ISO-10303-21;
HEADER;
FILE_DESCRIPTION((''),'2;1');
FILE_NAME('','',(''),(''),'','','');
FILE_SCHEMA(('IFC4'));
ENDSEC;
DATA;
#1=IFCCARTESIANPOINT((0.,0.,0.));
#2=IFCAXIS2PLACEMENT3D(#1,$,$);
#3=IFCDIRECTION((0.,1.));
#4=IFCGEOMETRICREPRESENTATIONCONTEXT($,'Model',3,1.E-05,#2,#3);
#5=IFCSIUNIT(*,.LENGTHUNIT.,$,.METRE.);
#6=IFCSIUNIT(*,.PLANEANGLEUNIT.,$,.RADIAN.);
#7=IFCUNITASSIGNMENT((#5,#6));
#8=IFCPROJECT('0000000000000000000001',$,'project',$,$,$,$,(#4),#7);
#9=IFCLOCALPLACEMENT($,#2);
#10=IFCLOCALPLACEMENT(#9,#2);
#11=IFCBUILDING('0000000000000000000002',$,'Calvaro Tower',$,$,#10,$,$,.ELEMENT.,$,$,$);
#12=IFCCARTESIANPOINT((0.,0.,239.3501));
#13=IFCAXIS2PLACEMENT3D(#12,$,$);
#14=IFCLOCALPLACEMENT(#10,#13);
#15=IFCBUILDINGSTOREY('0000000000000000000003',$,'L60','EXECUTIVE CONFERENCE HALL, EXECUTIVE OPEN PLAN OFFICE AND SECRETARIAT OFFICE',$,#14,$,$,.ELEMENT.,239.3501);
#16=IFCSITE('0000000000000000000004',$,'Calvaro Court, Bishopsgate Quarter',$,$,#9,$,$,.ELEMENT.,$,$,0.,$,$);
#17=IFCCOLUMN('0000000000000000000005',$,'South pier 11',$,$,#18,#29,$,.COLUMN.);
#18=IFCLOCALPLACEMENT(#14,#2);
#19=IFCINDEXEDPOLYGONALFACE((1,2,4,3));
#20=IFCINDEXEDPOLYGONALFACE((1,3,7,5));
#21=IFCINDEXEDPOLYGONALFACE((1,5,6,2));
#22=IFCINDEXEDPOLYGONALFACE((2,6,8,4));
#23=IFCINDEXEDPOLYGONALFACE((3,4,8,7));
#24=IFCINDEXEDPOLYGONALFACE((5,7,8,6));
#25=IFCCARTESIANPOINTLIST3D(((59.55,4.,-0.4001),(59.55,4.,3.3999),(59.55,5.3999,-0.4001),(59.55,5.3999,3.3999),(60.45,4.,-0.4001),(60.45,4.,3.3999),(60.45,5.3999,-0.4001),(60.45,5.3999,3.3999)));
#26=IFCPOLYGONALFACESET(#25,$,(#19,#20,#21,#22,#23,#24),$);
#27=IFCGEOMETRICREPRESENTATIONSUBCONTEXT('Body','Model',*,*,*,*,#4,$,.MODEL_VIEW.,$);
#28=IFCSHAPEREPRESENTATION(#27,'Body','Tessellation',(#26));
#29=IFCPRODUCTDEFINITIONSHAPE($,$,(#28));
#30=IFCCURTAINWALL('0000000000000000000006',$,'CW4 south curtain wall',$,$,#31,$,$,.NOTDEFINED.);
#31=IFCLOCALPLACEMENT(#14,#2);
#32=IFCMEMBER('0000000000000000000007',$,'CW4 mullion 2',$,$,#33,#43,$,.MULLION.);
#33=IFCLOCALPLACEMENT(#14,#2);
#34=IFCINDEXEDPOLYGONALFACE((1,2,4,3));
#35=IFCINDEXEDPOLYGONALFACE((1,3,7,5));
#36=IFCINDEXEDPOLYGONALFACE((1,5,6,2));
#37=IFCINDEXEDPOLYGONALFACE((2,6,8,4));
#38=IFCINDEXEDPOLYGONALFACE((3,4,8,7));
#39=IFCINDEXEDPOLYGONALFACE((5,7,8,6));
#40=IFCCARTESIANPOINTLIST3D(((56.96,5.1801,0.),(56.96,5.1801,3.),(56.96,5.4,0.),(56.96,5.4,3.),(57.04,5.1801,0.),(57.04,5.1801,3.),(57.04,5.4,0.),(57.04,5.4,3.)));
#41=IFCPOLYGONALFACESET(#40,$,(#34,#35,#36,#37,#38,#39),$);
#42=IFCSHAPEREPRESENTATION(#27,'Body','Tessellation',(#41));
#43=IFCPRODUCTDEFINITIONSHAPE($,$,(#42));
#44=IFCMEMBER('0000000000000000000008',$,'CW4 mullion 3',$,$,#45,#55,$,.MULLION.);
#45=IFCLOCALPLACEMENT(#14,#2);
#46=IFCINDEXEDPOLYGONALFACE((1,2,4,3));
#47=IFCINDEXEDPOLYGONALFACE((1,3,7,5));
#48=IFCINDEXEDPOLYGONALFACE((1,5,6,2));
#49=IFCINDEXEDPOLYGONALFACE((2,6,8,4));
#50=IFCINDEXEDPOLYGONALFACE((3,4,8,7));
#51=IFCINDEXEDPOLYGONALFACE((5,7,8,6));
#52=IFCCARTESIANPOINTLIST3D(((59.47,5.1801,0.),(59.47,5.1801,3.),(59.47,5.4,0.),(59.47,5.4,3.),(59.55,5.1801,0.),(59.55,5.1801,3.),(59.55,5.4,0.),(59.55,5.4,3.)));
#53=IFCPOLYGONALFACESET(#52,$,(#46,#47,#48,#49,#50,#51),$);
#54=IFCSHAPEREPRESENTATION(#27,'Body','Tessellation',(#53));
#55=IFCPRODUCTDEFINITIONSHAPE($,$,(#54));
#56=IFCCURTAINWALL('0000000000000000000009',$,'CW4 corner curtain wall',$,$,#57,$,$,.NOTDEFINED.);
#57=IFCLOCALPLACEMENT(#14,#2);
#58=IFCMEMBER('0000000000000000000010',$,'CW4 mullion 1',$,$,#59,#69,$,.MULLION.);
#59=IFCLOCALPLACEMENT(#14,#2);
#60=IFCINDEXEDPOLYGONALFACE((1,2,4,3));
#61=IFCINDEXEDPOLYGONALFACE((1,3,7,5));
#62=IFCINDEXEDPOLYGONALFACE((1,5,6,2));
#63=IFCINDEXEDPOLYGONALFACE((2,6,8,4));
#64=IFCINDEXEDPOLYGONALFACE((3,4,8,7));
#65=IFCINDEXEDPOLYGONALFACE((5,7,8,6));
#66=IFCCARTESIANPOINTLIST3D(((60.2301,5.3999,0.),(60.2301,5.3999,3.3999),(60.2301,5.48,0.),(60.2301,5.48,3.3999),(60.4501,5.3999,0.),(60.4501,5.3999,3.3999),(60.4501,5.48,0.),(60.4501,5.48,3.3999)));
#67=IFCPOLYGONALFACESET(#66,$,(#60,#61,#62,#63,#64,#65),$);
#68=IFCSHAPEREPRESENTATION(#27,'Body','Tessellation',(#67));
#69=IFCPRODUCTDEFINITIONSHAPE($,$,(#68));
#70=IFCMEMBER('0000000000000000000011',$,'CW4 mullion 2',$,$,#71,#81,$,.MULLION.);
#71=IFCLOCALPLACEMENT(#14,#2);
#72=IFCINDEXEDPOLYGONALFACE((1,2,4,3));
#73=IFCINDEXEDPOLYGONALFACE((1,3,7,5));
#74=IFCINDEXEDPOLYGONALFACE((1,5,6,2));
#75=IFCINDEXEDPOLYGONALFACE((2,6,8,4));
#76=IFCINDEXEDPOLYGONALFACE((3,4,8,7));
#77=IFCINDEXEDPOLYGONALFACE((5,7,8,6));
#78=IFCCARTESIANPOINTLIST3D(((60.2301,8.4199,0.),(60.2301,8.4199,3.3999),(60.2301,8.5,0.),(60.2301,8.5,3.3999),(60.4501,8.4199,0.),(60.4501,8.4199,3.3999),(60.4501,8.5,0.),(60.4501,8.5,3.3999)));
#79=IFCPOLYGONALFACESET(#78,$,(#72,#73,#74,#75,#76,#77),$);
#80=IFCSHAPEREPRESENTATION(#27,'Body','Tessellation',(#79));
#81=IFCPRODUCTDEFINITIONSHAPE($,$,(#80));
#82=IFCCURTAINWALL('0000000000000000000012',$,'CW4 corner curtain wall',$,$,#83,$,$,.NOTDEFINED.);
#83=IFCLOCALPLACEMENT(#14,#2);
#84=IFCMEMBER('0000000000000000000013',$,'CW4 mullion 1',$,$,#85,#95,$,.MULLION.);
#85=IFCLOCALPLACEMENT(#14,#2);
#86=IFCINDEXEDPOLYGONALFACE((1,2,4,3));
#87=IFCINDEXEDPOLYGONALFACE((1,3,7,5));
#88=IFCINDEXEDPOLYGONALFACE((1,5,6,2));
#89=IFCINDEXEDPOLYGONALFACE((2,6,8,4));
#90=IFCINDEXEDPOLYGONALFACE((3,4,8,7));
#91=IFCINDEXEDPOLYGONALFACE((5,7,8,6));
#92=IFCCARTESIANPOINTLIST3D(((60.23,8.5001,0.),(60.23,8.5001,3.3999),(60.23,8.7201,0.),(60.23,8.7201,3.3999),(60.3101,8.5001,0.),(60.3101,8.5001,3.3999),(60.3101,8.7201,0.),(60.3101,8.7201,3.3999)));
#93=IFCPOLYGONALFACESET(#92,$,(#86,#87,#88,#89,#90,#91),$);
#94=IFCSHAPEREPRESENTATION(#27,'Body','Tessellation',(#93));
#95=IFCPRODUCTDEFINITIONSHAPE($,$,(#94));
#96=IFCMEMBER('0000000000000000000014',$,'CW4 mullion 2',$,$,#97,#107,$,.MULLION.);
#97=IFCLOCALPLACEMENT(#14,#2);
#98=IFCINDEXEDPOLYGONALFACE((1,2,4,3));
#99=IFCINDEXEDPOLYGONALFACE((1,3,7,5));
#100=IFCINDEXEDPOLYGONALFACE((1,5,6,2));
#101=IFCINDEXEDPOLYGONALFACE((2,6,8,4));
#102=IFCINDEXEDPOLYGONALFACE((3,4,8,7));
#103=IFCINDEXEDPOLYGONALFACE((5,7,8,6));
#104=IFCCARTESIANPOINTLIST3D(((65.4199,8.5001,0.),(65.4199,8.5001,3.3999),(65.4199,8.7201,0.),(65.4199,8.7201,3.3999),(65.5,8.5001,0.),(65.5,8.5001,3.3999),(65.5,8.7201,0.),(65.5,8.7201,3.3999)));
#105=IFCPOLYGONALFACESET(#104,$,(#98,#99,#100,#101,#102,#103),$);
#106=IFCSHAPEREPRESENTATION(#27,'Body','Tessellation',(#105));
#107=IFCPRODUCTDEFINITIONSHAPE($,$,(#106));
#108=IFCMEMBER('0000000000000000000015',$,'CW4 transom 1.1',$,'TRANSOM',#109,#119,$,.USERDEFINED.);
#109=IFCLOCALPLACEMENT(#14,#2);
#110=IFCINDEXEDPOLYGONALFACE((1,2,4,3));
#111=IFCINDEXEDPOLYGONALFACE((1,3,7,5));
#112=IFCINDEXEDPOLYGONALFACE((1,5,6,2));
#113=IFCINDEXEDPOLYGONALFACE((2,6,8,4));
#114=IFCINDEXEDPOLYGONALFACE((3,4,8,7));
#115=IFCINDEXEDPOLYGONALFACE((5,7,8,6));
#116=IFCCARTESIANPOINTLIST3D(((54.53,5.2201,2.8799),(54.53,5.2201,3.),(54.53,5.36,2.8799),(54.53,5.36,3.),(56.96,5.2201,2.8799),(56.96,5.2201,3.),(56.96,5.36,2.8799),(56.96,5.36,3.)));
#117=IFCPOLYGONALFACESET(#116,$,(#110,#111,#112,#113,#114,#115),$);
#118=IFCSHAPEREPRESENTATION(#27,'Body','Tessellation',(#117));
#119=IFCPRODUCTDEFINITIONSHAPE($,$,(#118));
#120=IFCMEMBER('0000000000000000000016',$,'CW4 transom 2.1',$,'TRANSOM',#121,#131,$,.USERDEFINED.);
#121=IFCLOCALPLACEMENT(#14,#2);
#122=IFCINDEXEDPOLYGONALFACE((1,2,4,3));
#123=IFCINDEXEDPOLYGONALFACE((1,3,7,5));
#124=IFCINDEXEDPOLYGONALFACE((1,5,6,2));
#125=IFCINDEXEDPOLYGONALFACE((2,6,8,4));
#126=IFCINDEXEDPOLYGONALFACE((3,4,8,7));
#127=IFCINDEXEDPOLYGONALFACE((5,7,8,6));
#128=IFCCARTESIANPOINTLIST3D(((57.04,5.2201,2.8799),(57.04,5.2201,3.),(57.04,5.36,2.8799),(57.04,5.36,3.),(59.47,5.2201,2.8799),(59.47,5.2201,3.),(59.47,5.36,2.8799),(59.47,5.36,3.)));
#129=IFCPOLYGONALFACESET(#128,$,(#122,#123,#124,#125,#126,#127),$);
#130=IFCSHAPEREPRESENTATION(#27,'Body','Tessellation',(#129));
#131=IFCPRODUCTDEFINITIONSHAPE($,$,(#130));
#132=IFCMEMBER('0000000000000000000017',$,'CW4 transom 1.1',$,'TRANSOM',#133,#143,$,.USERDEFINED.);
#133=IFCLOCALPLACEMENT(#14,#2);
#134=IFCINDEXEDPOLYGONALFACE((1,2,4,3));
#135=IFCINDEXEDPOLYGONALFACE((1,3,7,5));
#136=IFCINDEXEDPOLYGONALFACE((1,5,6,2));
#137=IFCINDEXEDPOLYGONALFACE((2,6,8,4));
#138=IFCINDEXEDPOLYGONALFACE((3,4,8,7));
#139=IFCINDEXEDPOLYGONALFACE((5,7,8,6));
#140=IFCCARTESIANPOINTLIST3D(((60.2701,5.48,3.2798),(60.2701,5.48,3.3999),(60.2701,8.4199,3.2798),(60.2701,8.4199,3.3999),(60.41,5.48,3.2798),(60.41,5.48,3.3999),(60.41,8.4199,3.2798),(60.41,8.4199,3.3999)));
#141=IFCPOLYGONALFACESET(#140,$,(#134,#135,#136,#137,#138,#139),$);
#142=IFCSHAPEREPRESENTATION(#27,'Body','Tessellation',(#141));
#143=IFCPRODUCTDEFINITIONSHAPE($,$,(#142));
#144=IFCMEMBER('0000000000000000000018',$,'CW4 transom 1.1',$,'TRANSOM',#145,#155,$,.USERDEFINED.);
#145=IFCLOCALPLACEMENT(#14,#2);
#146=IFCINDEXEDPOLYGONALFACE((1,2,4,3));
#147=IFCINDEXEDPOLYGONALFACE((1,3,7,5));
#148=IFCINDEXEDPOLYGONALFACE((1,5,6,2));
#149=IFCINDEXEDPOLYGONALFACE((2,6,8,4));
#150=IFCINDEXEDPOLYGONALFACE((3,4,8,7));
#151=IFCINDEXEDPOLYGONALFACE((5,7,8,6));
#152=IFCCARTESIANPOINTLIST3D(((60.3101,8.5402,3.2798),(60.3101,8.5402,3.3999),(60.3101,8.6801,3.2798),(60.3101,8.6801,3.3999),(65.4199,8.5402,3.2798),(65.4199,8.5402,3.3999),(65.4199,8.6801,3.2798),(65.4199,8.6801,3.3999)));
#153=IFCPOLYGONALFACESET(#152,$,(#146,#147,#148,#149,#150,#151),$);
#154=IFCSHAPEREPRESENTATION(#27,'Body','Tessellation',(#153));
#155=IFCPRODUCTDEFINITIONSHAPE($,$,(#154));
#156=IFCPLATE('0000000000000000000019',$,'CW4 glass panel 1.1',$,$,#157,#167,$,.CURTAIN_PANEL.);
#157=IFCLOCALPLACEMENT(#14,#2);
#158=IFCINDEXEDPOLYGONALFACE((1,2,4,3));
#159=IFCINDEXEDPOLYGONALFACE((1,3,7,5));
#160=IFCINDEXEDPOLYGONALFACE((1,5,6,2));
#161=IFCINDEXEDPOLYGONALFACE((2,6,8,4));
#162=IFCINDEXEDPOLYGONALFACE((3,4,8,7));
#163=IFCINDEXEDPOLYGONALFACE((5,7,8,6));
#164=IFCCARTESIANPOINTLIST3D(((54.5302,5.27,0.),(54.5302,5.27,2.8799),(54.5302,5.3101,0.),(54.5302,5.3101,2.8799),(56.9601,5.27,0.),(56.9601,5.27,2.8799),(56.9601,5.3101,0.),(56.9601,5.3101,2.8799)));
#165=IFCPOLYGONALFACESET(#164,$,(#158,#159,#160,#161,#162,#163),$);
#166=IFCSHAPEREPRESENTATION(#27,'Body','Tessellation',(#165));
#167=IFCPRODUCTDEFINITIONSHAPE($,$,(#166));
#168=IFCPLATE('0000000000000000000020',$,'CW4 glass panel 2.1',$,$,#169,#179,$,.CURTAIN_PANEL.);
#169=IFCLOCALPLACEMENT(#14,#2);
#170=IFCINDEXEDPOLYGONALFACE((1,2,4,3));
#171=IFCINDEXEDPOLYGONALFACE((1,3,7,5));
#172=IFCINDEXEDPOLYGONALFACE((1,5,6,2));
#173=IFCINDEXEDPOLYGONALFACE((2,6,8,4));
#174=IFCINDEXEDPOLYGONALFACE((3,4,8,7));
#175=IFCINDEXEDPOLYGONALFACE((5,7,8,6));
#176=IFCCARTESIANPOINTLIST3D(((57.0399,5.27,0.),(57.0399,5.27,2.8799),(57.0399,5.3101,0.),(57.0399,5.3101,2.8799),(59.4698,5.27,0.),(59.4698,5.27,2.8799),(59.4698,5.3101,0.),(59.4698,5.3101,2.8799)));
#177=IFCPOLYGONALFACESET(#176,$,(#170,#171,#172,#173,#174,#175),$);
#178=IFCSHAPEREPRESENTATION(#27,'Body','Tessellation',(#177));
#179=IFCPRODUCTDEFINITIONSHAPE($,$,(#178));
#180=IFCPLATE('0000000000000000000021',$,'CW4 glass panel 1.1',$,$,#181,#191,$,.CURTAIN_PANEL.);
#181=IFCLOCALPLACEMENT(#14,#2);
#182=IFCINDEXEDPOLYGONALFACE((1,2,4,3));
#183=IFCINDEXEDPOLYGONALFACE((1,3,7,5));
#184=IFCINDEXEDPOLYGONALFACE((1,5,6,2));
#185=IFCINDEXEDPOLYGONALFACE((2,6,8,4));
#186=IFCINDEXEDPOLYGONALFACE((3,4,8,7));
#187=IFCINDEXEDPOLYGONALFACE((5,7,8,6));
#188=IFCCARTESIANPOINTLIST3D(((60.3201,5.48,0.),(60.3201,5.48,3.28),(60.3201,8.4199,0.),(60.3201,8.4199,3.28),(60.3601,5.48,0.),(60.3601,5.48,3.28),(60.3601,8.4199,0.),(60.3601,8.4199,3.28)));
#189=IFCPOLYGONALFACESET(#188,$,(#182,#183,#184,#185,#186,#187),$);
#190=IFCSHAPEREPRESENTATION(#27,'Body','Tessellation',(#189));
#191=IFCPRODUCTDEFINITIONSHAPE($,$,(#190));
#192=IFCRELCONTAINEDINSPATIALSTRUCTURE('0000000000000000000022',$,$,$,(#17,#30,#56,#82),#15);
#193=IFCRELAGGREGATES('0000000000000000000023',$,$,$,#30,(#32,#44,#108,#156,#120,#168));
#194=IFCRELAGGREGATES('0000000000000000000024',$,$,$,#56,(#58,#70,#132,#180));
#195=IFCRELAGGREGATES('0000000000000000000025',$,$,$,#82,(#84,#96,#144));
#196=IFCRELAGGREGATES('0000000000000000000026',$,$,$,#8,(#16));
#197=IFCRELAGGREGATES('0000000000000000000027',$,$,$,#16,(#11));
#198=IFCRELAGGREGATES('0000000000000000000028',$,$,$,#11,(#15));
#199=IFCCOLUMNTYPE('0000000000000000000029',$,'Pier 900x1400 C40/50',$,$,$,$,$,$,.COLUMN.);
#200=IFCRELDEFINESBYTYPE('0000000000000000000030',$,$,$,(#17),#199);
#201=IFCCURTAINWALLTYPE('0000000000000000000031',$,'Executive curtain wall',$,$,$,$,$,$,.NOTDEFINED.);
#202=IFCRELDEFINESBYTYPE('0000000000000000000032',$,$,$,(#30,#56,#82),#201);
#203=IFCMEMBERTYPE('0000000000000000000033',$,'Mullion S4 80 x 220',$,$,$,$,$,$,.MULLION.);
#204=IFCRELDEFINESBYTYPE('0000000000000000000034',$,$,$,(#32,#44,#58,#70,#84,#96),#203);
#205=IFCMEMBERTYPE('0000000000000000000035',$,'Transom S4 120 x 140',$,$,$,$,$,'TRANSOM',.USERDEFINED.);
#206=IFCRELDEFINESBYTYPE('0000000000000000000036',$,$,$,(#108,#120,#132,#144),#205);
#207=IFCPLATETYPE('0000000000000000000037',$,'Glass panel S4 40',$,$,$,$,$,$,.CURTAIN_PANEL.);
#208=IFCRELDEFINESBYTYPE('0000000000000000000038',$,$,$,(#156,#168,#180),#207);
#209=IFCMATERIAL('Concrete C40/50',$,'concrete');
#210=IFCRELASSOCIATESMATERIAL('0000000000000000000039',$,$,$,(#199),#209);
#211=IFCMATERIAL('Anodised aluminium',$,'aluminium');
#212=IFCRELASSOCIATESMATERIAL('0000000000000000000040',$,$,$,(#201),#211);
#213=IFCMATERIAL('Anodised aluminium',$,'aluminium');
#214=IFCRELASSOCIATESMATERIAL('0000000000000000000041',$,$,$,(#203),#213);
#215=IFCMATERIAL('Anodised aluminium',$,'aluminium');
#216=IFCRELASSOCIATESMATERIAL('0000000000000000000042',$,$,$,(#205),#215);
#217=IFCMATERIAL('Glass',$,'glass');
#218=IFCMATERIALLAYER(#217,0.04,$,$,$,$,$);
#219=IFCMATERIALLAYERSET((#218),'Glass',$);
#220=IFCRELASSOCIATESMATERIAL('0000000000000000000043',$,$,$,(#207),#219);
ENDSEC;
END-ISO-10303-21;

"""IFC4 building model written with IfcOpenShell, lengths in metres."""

from ifc_helpers import new_model, si_unit, direction, frame, origin, origin_2d, place, context, subcontext, project, spatial, rectangle, extrude, material, layer, layer_set, material_profile, profile_set, type_object, element, aggregate, save


model = new_model("IFC4")

# Units and contexts
model_context = context("Model", 3, precision=1e-05, world=origin(), true_north=direction((0.0, 1.0)))
body_context = subcontext(model_context, "Body", "Model", "MODEL_VIEW")
ifc_project = project(units=[si_unit("LENGTHUNIT", "METRE"), si_unit("PLANEANGLEUNIT", "RADIAN")], contexts=[model_context])

# Site, building, storey
site_placement = place(None, origin())
site = spatial("IfcSite", under=ifc_project, at=site_placement, Name="Calvaro Court, Bishopsgate Quarter", CompositionType="ELEMENT", RefElevation=0.0)
building_placement = place(site_placement, origin())
building = spatial("IfcBuilding", under=site, at=building_placement, Name="Calvaro Tower", CompositionType="ELEMENT")
storey_placement = place(building_placement, frame((0.0, 0.0, 239.3501)))
storey = spatial("IfcBuildingStorey", under=building, at=storey_placement, Name="L60", Description="EXECUTIVE CONFERENCE HALL, EXECUTIVE OPEN PLAN OFFICE AND SECRETARIAT OFFICE", CompositionType="ELEMENT", Elevation=239.3501)

# Column
ifc_material_1 = material(Name="Concrete C40/50", Category="concrete")
ifc_material_profile_1 = material_profile(ifc_material_1, rectangle(XDim=0.8999, YDim=1.3999, at=origin_2d()), Name="RC 900x1400")
ifc_profile_set_1 = profile_set([ifc_material_profile_1], Name="Concrete C40/50")
column_type = type_object("IfcColumnType", Name="Pier 900x1400 C40/50", PredefinedType="COLUMN", material=ifc_profile_set_1)
column_placement = place(storey_placement, frame((60.0, 4.7, -0.4001), z_axis=(0.0, 0.0, 1.0), x_axis=(1.0, 0.0, 0.0)))
element("IfcColumn", 1, at=column_placement, inside=storey, type_object=column_type, Name="South pier 11", PredefinedType="COLUMN", context=body_context, shape_type="SweptSolid", body=[
    extrude(rectangle(XDim=0.8999, YDim=1.3999, at=origin_2d()), origin(), (0.0, 0.0, 1.0), 3.8),
])

# Curtain walls, members
ifc_material_2 = material(Name="Anodised aluminium", Category="aluminium")
curtain_wall_type = type_object("IfcCurtainWallType", Name="Executive curtain wall", PredefinedType="NOTDEFINED", material=ifc_material_2)
curtain_wall_1_placement = place(storey_placement, origin())
curtain_wall_1 = element("IfcCurtainWall", 2, at=curtain_wall_1_placement, inside=storey, type_object=curtain_wall_type, Name="CW4 south curtain wall", PredefinedType="NOTDEFINED")
ifc_material_3 = material(Name="Anodised aluminium", Category="aluminium")
ifc_material_profile_2 = material_profile(ifc_material_3, rectangle(XDim=0.22, YDim=0.0801, at=origin_2d()), Name="Mullion S4 80 x 220")
ifc_profile_set_2 = profile_set([ifc_material_profile_2], Name="Anodised aluminium")
member_type_1 = type_object("IfcMemberType", Name="Mullion S4 80 x 220", PredefinedType="MULLION", material=ifc_profile_set_2)
member_1_placement = place(storey_placement, frame((57.0, 5.29, 0.0), z_axis=(0.0, 0.0, 1.0), x_axis=(0.0, 1.0, 0.0)))
member_1 = element("IfcMember", 3, at=member_1_placement, type_object=member_type_1, Name="CW4 mullion 2", PredefinedType="MULLION", context=body_context, shape_type="SweptSolid", body=[
    extrude(rectangle(XDim=0.22, YDim=0.0801, at=origin_2d()), origin(), (0.0, 0.0, 1.0), 3.0),
])
member_2_placement = place(storey_placement, frame((59.51, 5.29, 0.0), z_axis=(0.0, 0.0, 1.0), x_axis=(0.0, 1.0, 0.0)))
member_2 = element("IfcMember", 4, at=member_2_placement, type_object=member_type_1, Name="CW4 mullion 3", PredefinedType="MULLION", context=body_context, shape_type="SweptSolid", body=[
    extrude(rectangle(XDim=0.22, YDim=0.0801, at=origin_2d()), origin(), (0.0, 0.0, 1.0), 3.0),
])
curtain_wall_2_placement = place(storey_placement, origin())
curtain_wall_2 = element("IfcCurtainWall", 5, at=curtain_wall_2_placement, inside=storey, type_object=curtain_wall_type, Name="CW4 corner curtain wall", PredefinedType="NOTDEFINED")
member_3_placement = place(storey_placement, frame((60.3401, 5.4399, 0.0), z_axis=(0.0, 0.0, 1.0), x_axis=(-1.0, 0.0, 0.0)))
member_3 = element("IfcMember", 6, at=member_3_placement, type_object=member_type_1, Name="CW4 mullion 1", PredefinedType="MULLION", context=body_context, shape_type="SweptSolid", body=[
    extrude(rectangle(XDim=0.22, YDim=0.0801, at=origin_2d()), origin(), (0.0, 0.0, 1.0), 3.3999),
])
member_4_placement = place(storey_placement, frame((60.3401, 8.46, 0.0), z_axis=(0.0, 0.0, 1.0), x_axis=(-1.0, 0.0, 0.0)))
member_4 = element("IfcMember", 7, at=member_4_placement, type_object=member_type_1, Name="CW4 mullion 2", PredefinedType="MULLION", context=body_context, shape_type="SweptSolid", body=[
    extrude(rectangle(XDim=0.22, YDim=0.0801, at=origin_2d()), origin(), (0.0, 0.0, 1.0), 3.3999),
])
curtain_wall_3_placement = place(storey_placement, origin())
curtain_wall_3 = element("IfcCurtainWall", 8, at=curtain_wall_3_placement, inside=storey, type_object=curtain_wall_type, Name="CW4 corner curtain wall", PredefinedType="NOTDEFINED")
member_5_placement = place(storey_placement, frame((60.27, 8.6101, 0.0), z_axis=(0.0, 0.0, 1.0), x_axis=(0.0, 1.0, 0.0)))
member_5 = element("IfcMember", 9, at=member_5_placement, type_object=member_type_1, Name="CW4 mullion 1", PredefinedType="MULLION", context=body_context, shape_type="SweptSolid", body=[
    extrude(rectangle(XDim=0.22, YDim=0.0801, at=origin_2d()), origin(), (0.0, 0.0, 1.0), 3.3999),
])
member_6_placement = place(storey_placement, frame((65.46, 8.6101, 0.0), z_axis=(0.0, 0.0, 1.0), x_axis=(0.0, 1.0, 0.0)))
member_6 = element("IfcMember", 10, at=member_6_placement, type_object=member_type_1, Name="CW4 mullion 2", PredefinedType="MULLION", context=body_context, shape_type="SweptSolid", body=[
    extrude(rectangle(XDim=0.22, YDim=0.0801, at=origin_2d()), origin(), (0.0, 0.0, 1.0), 3.3999),
])

# Members
ifc_material_4 = material(Name="Anodised aluminium", Category="aluminium")
ifc_material_profile_3 = material_profile(ifc_material_4, rectangle(XDim=0.1399, YDim=0.1201, at=origin_2d()), Name="Transom S4 120 x 140")
ifc_profile_set_3 = profile_set([ifc_material_profile_3], Name="Anodised aluminium")
member_type_2 = type_object("IfcMemberType", Name="Transom S4 120 x 140", ElementType="TRANSOM", PredefinedType="USERDEFINED", material=ifc_profile_set_3)
member_7_placement = place(storey_placement, frame((54.53, 5.29, 2.9399), z_axis=(1.0, 0.0, 0.0), x_axis=(0.0, 1.0, 0.0)))
member_7 = element("IfcMember", 11, at=member_7_placement, type_object=member_type_2, Name="CW4 transom 1.1", ObjectType="TRANSOM", PredefinedType="USERDEFINED", context=body_context, shape_type="SweptSolid", body=[
    extrude(rectangle(XDim=0.1399, YDim=0.1201, at=origin_2d()), origin(), (0.0, 0.0, 1.0), 2.4299),
])
member_8_placement = place(storey_placement, frame((57.04, 5.29, 2.9399), z_axis=(1.0, 0.0, 0.0), x_axis=(0.0, 1.0, 0.0)))
member_8 = element("IfcMember", 12, at=member_8_placement, type_object=member_type_2, Name="CW4 transom 2.1", ObjectType="TRANSOM", PredefinedType="USERDEFINED", context=body_context, shape_type="SweptSolid", body=[
    extrude(rectangle(XDim=0.1399, YDim=0.1201, at=origin_2d()), origin(), (0.0, 0.0, 1.0), 2.4299),
])
member_9_placement = place(storey_placement, frame((60.3401, 5.48, 3.3398), z_axis=(0.0, 1.0, 0.0), x_axis=(-1.0, 0.0, 0.0)))
member_9 = element("IfcMember", 13, at=member_9_placement, type_object=member_type_2, Name="CW4 transom 1.1", ObjectType="TRANSOM", PredefinedType="USERDEFINED", context=body_context, shape_type="SweptSolid", body=[
    extrude(rectangle(XDim=0.1399, YDim=0.1201, at=origin_2d()), origin(), (0.0, 0.0, 1.0), 2.9399),
])
member_10_placement = place(storey_placement, frame((60.3101, 8.6101, 3.3398), z_axis=(1.0, 0.0, 0.0), x_axis=(0.0, 1.0, 0.0)))
member_10 = element("IfcMember", 14, at=member_10_placement, type_object=member_type_2, Name="CW4 transom 1.1", ObjectType="TRANSOM", PredefinedType="USERDEFINED", context=body_context, shape_type="SweptSolid", body=[
    extrude(rectangle(XDim=0.1399, YDim=0.1201, at=origin_2d()), origin(), (0.0, 0.0, 1.0), 5.1099),
])

# Plates
ifc_material_5 = material(Name="Glass", Category="glass")
ifc_layer_1 = layer(ifc_material_5, 0.04)
ifc_layer_set_1 = layer_set([ifc_layer_1], Name="Glass")
plate_type = type_object("IfcPlateType", Name="Glass panel S4 40", PredefinedType="CURTAIN_PANEL", material=ifc_layer_set_1)
plate_1_placement = place(storey_placement, frame((55.7451, 5.29, 0.0), z_axis=(0.0, 0.0, 1.0), x_axis=(1.0, 0.0, 0.0)))
plate_1 = element("IfcPlate", 15, at=plate_1_placement, type_object=plate_type, Name="CW4 glass panel 1.1", PredefinedType="CURTAIN_PANEL", context=body_context, shape_type="SweptSolid", body=[
    extrude(rectangle(XDim=2.4299, YDim=0.04, at=origin_2d()), origin(), (0.0, 0.0, 1.0), 2.8799),
])
plate_2_placement = place(storey_placement, frame((58.2549, 5.29, 0.0), z_axis=(0.0, 0.0, 1.0), x_axis=(1.0, 0.0, 0.0)))
plate_2 = element("IfcPlate", 16, at=plate_2_placement, type_object=plate_type, Name="CW4 glass panel 2.1", PredefinedType="CURTAIN_PANEL", context=body_context, shape_type="SweptSolid", body=[
    extrude(rectangle(XDim=2.4299, YDim=0.04, at=origin_2d()), origin(), (0.0, 0.0, 1.0), 2.8799),
])
aggregate(curtain_wall_1, [member_1, member_2, member_7, plate_1, member_8, plate_2])
plate_3_placement = place(storey_placement, frame((60.3401, 6.95, 0.0), z_axis=(0.0, 0.0, 1.0), x_axis=(0.0, 1.0, 0.0)))
plate_3 = element("IfcPlate", 17, at=plate_3_placement, type_object=plate_type, Name="CW4 glass panel 1.1", PredefinedType="CURTAIN_PANEL", context=body_context, shape_type="SweptSolid", body=[
    extrude(rectangle(XDim=2.9399, YDim=0.04, at=origin_2d()), origin(), (0.0, 0.0, 1.0), 3.28),
])
aggregate(curtain_wall_2, [member_3, member_4, member_9, plate_3])
aggregate(curtain_wall_3, [member_5, member_6, member_10])

save(model, "model.ifc")
